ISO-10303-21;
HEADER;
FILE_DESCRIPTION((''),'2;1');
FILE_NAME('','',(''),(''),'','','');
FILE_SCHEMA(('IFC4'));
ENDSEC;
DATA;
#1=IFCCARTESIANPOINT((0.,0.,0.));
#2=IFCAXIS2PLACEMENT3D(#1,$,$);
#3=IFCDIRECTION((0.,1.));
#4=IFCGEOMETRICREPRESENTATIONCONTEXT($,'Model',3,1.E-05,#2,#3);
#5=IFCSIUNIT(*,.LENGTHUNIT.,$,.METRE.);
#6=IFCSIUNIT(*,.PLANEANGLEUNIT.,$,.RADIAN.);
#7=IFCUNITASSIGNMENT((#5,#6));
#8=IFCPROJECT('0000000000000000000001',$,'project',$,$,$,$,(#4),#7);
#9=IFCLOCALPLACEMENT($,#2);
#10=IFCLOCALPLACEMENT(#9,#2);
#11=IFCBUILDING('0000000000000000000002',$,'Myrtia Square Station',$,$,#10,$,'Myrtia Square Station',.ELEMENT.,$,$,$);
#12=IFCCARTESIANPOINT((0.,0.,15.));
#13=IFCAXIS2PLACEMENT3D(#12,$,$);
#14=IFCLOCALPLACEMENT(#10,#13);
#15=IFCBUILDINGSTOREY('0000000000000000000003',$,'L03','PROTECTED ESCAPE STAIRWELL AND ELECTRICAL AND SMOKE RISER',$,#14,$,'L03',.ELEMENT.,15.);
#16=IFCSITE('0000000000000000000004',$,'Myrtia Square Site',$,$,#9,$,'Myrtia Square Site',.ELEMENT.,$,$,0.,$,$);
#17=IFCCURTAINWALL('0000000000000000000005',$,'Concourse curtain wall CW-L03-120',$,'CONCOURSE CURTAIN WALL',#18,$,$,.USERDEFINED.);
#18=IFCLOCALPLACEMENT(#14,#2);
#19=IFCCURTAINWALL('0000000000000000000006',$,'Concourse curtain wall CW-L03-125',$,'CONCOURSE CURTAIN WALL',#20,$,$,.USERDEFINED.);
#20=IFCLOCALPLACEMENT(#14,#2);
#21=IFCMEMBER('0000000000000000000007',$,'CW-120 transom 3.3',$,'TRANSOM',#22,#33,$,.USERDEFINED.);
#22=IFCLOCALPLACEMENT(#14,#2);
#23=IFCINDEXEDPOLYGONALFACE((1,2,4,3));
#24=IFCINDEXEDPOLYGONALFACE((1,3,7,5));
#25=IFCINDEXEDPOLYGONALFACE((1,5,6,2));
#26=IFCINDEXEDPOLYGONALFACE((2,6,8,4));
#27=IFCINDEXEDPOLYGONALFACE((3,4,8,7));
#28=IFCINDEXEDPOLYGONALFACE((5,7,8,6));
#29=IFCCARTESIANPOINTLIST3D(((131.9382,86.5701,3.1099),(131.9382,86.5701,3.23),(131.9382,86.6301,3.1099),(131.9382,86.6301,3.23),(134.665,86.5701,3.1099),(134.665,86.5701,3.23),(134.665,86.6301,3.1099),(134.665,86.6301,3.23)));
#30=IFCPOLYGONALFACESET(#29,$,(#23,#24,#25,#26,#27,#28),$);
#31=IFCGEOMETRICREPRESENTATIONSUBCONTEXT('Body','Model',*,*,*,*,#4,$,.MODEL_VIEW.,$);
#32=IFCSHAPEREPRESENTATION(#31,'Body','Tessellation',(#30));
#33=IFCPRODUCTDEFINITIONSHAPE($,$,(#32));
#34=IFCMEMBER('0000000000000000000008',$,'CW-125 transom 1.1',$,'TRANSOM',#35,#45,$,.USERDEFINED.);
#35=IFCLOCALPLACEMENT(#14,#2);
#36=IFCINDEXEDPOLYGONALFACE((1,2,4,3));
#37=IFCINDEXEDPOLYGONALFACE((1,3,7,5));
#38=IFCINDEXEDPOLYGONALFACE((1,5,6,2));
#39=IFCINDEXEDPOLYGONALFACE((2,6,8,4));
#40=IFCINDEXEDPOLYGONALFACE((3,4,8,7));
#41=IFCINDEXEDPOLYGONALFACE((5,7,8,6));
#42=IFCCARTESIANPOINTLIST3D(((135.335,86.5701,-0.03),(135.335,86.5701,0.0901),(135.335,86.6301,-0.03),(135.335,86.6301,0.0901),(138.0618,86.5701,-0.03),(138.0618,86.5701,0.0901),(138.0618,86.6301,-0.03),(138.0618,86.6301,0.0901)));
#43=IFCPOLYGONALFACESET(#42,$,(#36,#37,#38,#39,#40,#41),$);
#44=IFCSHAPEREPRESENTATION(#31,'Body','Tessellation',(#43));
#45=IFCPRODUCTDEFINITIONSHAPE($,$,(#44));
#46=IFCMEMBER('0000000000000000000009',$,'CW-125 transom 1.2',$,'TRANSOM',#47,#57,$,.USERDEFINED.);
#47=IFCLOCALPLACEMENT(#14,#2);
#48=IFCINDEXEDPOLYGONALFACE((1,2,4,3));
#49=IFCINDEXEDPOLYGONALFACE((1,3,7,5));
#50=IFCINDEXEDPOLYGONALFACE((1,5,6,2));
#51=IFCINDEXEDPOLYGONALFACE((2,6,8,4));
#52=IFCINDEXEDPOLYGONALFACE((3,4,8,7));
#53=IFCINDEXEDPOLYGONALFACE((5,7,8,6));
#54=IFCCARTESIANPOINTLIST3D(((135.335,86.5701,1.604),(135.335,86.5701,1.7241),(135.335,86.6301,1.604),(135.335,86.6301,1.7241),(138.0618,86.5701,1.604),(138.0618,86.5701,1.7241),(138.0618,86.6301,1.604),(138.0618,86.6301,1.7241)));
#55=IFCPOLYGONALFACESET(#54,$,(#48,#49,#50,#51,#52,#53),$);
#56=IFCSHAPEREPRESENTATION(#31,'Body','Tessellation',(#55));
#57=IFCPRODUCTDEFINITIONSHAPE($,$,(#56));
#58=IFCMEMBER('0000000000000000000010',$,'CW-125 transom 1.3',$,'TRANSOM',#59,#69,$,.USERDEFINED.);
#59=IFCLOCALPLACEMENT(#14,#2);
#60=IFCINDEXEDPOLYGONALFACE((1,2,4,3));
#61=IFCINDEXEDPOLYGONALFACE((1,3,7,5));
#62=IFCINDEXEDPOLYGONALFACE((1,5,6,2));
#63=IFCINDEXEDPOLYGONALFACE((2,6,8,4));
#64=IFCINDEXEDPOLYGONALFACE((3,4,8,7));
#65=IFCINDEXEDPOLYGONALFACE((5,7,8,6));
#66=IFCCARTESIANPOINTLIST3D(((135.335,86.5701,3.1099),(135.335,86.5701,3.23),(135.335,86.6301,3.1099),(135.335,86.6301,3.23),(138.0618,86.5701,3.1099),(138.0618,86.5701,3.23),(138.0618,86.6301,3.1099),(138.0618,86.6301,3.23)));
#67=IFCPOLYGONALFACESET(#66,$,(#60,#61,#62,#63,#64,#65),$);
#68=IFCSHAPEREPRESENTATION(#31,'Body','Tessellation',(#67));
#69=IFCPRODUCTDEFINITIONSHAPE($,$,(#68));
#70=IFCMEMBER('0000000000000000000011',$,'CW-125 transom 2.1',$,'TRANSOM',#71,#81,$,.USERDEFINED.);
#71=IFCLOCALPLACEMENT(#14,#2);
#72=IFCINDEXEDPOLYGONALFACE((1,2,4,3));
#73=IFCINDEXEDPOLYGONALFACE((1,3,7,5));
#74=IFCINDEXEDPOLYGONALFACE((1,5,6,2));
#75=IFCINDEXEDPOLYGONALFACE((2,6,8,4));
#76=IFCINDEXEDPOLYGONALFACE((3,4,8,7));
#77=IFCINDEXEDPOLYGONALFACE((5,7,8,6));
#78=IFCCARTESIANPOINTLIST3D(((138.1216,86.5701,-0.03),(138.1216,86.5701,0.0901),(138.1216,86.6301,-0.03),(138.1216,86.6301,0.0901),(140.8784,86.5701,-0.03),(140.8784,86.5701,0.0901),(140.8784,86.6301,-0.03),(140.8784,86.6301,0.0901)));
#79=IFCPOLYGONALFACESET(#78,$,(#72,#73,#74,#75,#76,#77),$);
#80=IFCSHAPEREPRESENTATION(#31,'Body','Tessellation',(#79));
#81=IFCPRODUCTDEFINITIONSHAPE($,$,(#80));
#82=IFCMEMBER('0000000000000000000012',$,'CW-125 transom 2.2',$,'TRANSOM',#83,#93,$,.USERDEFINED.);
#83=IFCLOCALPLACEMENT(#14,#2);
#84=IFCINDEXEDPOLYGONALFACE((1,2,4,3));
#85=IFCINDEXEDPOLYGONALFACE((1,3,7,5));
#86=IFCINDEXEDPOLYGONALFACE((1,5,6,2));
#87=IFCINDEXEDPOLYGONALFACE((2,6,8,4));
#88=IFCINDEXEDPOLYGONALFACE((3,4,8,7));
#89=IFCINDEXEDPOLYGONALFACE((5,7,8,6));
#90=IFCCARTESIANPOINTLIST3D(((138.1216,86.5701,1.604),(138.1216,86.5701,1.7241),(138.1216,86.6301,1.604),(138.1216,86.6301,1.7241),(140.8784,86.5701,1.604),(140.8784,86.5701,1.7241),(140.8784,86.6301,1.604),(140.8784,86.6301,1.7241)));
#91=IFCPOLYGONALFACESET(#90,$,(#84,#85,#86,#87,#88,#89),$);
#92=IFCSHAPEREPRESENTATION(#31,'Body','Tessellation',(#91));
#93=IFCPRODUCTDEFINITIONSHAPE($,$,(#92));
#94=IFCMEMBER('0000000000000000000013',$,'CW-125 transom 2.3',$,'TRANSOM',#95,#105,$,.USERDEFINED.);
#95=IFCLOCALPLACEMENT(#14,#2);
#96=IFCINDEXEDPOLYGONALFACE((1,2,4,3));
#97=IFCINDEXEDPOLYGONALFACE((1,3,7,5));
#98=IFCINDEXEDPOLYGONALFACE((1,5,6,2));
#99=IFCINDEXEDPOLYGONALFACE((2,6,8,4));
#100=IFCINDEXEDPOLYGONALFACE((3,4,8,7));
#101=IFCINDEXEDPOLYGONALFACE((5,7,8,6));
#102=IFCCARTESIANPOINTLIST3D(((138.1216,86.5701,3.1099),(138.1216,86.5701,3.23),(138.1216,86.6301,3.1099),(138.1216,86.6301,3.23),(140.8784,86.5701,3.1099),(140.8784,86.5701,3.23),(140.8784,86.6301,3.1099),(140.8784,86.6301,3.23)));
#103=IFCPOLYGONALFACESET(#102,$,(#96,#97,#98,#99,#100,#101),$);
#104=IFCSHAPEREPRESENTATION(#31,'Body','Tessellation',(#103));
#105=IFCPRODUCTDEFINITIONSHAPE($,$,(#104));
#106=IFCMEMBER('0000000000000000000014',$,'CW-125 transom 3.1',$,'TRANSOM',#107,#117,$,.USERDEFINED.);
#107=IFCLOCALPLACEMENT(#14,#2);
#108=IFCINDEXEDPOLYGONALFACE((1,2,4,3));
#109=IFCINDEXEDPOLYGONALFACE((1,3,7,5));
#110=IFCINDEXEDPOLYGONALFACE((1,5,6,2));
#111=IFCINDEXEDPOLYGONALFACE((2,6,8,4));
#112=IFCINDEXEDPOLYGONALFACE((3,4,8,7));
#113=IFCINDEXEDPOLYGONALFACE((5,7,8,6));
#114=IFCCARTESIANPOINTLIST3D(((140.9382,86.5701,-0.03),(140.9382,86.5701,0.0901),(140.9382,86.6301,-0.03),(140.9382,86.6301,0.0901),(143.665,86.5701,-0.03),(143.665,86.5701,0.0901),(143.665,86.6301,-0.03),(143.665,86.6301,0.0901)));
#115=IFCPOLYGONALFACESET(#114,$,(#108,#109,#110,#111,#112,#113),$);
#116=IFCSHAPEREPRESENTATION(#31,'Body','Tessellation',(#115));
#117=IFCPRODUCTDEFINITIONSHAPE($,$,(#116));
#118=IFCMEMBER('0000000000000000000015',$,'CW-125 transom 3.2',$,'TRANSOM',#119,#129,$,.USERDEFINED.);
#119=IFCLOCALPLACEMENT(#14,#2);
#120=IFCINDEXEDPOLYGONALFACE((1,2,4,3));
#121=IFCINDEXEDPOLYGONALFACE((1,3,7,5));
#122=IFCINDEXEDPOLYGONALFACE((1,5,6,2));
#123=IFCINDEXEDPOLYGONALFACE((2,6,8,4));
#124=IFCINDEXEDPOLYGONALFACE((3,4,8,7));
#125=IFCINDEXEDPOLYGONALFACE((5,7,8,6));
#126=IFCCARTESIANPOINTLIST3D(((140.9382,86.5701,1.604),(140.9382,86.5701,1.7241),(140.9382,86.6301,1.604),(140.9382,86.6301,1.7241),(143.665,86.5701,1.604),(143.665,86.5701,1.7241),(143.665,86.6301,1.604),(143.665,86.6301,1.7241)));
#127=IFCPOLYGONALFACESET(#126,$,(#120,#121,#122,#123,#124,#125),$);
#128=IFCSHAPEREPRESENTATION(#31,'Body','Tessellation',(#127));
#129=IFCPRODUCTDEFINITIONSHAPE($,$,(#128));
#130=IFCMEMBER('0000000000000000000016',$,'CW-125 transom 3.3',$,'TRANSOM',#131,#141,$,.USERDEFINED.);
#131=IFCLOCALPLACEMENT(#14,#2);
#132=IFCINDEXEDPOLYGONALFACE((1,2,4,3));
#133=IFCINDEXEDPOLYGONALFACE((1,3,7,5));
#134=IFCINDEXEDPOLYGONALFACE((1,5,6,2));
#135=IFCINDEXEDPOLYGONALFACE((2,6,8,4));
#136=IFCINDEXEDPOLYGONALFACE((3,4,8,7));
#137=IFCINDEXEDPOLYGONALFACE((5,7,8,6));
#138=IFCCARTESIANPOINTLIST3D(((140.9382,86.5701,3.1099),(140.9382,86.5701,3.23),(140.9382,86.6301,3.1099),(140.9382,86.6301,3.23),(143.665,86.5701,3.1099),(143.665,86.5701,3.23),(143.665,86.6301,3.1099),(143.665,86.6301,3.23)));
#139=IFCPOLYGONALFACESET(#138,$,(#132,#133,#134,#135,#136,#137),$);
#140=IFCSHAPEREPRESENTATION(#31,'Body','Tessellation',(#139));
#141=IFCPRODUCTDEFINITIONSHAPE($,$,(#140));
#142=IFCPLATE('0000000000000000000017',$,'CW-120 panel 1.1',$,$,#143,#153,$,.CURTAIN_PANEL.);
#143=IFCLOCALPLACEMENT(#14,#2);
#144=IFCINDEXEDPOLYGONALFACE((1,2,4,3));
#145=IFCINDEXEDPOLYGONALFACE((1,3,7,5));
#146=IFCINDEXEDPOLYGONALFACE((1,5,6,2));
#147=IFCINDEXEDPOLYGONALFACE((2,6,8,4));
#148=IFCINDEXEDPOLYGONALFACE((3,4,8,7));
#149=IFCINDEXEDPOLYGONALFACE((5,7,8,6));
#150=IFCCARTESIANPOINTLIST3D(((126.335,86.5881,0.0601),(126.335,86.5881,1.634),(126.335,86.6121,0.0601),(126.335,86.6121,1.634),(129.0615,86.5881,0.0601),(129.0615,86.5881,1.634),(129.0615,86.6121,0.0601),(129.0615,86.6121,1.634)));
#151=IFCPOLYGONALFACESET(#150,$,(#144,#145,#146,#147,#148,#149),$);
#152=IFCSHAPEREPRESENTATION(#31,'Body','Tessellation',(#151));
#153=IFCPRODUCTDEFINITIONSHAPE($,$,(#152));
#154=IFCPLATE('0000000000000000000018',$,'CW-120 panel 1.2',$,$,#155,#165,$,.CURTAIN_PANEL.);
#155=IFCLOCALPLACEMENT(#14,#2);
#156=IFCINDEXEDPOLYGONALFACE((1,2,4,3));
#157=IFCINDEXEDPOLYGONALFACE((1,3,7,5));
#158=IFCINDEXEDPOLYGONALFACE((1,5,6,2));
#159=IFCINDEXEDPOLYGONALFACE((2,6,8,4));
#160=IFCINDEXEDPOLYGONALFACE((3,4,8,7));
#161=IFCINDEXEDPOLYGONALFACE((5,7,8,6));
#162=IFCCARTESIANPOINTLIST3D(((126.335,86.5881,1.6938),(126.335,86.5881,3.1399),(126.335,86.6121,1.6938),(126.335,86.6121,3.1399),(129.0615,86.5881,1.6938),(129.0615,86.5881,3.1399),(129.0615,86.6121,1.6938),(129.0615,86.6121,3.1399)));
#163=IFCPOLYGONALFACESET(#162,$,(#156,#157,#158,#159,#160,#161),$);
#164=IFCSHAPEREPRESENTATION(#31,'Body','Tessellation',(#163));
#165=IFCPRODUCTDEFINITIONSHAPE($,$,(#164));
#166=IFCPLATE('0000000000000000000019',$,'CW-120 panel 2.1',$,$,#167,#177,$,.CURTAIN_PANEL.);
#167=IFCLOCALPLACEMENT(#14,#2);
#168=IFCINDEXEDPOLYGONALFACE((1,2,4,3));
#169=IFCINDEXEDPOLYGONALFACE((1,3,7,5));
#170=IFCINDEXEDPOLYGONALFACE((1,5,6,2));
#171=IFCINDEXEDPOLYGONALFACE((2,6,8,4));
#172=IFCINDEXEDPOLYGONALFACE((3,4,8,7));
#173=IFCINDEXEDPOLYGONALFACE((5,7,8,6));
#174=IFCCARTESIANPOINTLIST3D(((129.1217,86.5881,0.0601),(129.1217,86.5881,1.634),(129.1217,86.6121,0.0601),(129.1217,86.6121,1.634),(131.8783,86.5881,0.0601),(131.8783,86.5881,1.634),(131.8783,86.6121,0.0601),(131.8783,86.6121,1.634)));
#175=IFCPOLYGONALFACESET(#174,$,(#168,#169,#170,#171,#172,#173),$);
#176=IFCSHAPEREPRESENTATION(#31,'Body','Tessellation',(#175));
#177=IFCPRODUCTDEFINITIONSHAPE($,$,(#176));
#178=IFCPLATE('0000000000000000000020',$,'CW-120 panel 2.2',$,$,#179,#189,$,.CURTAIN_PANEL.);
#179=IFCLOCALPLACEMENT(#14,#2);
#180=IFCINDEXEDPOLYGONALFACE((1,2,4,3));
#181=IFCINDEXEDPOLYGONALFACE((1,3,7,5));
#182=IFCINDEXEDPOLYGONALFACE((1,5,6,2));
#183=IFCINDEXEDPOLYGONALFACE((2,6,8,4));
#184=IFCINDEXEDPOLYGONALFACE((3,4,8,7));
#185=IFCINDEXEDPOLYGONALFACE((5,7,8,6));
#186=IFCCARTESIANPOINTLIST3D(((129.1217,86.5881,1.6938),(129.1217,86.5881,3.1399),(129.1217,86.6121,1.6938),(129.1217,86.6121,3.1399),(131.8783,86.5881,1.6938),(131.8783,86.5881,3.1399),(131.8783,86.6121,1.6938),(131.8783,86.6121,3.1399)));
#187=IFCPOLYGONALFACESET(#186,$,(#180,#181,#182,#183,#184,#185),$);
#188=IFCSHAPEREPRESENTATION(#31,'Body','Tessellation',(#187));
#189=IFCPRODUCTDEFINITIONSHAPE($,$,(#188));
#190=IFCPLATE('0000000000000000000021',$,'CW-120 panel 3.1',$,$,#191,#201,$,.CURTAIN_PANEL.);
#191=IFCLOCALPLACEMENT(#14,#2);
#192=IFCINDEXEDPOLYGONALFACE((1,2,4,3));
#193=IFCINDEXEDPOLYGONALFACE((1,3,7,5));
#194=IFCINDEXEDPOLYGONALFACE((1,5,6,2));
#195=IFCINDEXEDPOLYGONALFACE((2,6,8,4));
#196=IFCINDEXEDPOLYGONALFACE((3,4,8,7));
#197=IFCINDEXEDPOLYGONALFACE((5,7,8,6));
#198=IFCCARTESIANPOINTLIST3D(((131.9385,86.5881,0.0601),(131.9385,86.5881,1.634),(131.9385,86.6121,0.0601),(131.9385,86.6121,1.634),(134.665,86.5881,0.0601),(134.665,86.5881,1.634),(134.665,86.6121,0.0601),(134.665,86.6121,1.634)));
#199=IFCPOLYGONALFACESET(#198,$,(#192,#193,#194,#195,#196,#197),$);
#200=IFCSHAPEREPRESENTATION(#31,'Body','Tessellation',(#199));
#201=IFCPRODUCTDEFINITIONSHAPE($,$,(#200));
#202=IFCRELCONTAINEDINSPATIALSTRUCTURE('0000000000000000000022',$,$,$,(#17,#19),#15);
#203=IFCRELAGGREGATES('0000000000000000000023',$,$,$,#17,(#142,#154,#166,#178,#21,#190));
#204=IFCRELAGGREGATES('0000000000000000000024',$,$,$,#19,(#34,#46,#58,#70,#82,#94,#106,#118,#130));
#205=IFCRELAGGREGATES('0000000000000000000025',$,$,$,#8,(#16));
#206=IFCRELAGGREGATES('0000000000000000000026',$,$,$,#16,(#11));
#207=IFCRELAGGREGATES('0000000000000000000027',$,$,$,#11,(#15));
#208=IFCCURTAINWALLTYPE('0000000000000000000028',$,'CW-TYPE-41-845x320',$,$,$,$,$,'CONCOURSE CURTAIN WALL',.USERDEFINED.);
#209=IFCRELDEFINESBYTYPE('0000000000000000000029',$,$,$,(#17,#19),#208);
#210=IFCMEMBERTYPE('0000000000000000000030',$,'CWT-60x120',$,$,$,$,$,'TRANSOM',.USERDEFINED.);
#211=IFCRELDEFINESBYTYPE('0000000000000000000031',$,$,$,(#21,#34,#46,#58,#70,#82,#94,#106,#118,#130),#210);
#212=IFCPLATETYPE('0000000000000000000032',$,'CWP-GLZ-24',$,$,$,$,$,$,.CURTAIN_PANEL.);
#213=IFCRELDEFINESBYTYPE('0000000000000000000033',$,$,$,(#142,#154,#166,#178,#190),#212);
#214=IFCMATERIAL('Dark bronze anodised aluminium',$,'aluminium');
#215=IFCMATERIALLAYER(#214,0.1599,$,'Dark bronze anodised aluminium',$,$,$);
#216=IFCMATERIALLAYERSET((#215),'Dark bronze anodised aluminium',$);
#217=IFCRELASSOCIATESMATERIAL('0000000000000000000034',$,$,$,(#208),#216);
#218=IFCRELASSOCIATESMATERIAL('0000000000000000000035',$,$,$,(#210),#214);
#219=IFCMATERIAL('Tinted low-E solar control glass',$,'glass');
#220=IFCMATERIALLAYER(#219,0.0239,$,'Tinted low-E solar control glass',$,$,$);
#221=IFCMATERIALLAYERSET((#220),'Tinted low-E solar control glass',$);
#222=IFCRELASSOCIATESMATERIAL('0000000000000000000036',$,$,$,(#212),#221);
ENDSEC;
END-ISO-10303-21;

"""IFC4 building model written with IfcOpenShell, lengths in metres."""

from ifc_helpers import new_model, si_unit, direction, frame, origin, origin_2d, place, context, subcontext, project, spatial, rectangle, extrude, material, layer, layer_set, material_profile, profile_set, type_object, element, aggregate, save


model = new_model("IFC4")

# Units and contexts
model_context = context("Model", 3, precision=1e-05, world=origin(), true_north=direction((0.0, 1.0)))
body_context = subcontext(model_context, "Body", "Model", "MODEL_VIEW")
ifc_project = project(units=[si_unit("LENGTHUNIT", "METRE"), si_unit("PLANEANGLEUNIT", "RADIAN")], contexts=[model_context])

# Site, building, storey
site_placement = place(None, origin())
site = spatial("IfcSite", under=ifc_project, at=site_placement, Name="Myrtia Square Site", LongName="Myrtia Square Site", CompositionType="ELEMENT", RefElevation=0.0)
building_placement = place(site_placement, origin())
building = spatial("IfcBuilding", under=site, at=building_placement, Name="Myrtia Square Station", LongName="Myrtia Square Station", CompositionType="ELEMENT")
storey_placement = place(building_placement, frame((0.0, 0.0, 15.0)))
storey = spatial("IfcBuildingStorey", under=building, at=storey_placement, Name="L03", Description="PROTECTED ESCAPE STAIRWELL AND ELECTRICAL AND SMOKE RISER", LongName="L03", CompositionType="ELEMENT", Elevation=15.0)

# Curtain walls
ifc_material_1 = material(Name="Dark bronze anodised aluminium", Category="aluminium")
ifc_layer_1 = layer(ifc_material_1, 0.1599, Name="Dark bronze anodised aluminium")
ifc_layer_set_1 = layer_set([ifc_layer_1], Name="Dark bronze anodised aluminium")
curtain_wall_type = type_object("IfcCurtainWallType", Name="CW-TYPE-41-845x320", ElementType="CONCOURSE CURTAIN WALL", PredefinedType="USERDEFINED", material=ifc_layer_set_1)
curtain_wall_1_placement = place(storey_placement, origin())
curtain_wall_1 = element("IfcCurtainWall", 1, at=curtain_wall_1_placement, inside=storey, type_object=curtain_wall_type, Name="Concourse curtain wall CW-L03-120", ObjectType="CONCOURSE CURTAIN WALL", PredefinedType="USERDEFINED")
curtain_wall_2_placement = place(storey_placement, origin())
curtain_wall_2 = element("IfcCurtainWall", 2, at=curtain_wall_2_placement, inside=storey, type_object=curtain_wall_type, Name="Concourse curtain wall CW-L03-125", ObjectType="CONCOURSE CURTAIN WALL", PredefinedType="USERDEFINED")

# Members
ifc_material_profile_1 = material_profile(ifc_material_1, rectangle(XDim=0.0601, YDim=0.1201, at=origin_2d()), Name="ALU-T 60x120")
ifc_profile_set_1 = profile_set([ifc_material_profile_1], Name="Dark bronze anodised aluminium")
member_type_1 = type_object("IfcMemberType", Name="CWT-60x120", ElementType="TRANSOM", PredefinedType="USERDEFINED", material=ifc_profile_set_1)
member_1_placement = place(storey_placement, frame((131.9382, 86.6001, 3.1699), z_axis=(1.0, 0.0, 0.0), x_axis=(0.0, 1.0, 0.0)))
member_1 = element("IfcMember", 3, at=member_1_placement, type_object=member_type_1, Name="CW-120 transom 3.3", ObjectType="TRANSOM", PredefinedType="USERDEFINED", context=body_context, shape_type="SweptSolid", body=[
    extrude(rectangle(XDim=0.0601, YDim=0.1201, at=origin_2d()), origin(), (0.0, 0.0, 1.0), 2.7268),
])
member_2_placement = place(storey_placement, frame((135.335, 86.6001, 0.03), z_axis=(1.0, 0.0, 0.0), x_axis=(0.0, 1.0, 0.0)))
member_2 = element("IfcMember", 4, at=member_2_placement, type_object=member_type_1, Name="CW-125 transom 1.1", ObjectType="TRANSOM", PredefinedType="USERDEFINED", context=body_context, shape_type="SweptSolid", body=[
    extrude(rectangle(XDim=0.0601, YDim=0.1201, at=origin_2d()), origin(), (0.0, 0.0, 1.0), 2.7268),
])
member_3_placement = place(storey_placement, frame((135.335, 86.6001, 1.6641), z_axis=(1.0, 0.0, 0.0), x_axis=(0.0, 1.0, 0.0)))
member_3 = element("IfcMember", 5, at=member_3_placement, type_object=member_type_1, Name="CW-125 transom 1.2", ObjectType="TRANSOM", PredefinedType="USERDEFINED", context=body_context, shape_type="SweptSolid", body=[
    extrude(rectangle(XDim=0.0601, YDim=0.1201, at=origin_2d()), origin(), (0.0, 0.0, 1.0), 2.7268),
])
member_4_placement = place(storey_placement, frame((135.335, 86.6001, 3.1699), z_axis=(1.0, 0.0, 0.0), x_axis=(0.0, 1.0, 0.0)))
member_4 = element("IfcMember", 6, at=member_4_placement, type_object=member_type_1, Name="CW-125 transom 1.3", ObjectType="TRANSOM", PredefinedType="USERDEFINED", context=body_context, shape_type="SweptSolid", body=[
    extrude(rectangle(XDim=0.0601, YDim=0.1201, at=origin_2d()), origin(), (0.0, 0.0, 1.0), 2.7268),
])
member_5_placement = place(storey_placement, frame((138.1216, 86.6001, 0.03), z_axis=(1.0, 0.0, 0.0), x_axis=(0.0, 1.0, 0.0)))
member_5 = element("IfcMember", 7, at=member_5_placement, type_object=member_type_1, Name="CW-125 transom 2.1", ObjectType="TRANSOM", PredefinedType="USERDEFINED", context=body_context, shape_type="SweptSolid", body=[
    extrude(rectangle(XDim=0.0601, YDim=0.1201, at=origin_2d()), origin(), (0.0, 0.0, 1.0), 2.7568),
])
member_6_placement = place(storey_placement, frame((138.1216, 86.6001, 1.6641), z_axis=(1.0, 0.0, 0.0), x_axis=(0.0, 1.0, 0.0)))
member_6 = element("IfcMember", 8, at=member_6_placement, type_object=member_type_1, Name="CW-125 transom 2.2", ObjectType="TRANSOM", PredefinedType="USERDEFINED", context=body_context, shape_type="SweptSolid", body=[
    extrude(rectangle(XDim=0.0601, YDim=0.1201, at=origin_2d()), origin(), (0.0, 0.0, 1.0), 2.7568),
])
member_7_placement = place(storey_placement, frame((138.1216, 86.6001, 3.1699), z_axis=(1.0, 0.0, 0.0), x_axis=(0.0, 1.0, 0.0)))
member_7 = element("IfcMember", 9, at=member_7_placement, type_object=member_type_1, Name="CW-125 transom 2.3", ObjectType="TRANSOM", PredefinedType="USERDEFINED", context=body_context, shape_type="SweptSolid", body=[
    extrude(rectangle(XDim=0.0601, YDim=0.1201, at=origin_2d()), origin(), (0.0, 0.0, 1.0), 2.7568),
])
member_8_placement = place(storey_placement, frame((140.9382, 86.6001, 0.03), z_axis=(1.0, 0.0, 0.0), x_axis=(0.0, 1.0, 0.0)))
member_8 = element("IfcMember", 10, at=member_8_placement, type_object=member_type_1, Name="CW-125 transom 3.1", ObjectType="TRANSOM", PredefinedType="USERDEFINED", context=body_context, shape_type="SweptSolid", body=[
    extrude(rectangle(XDim=0.0601, YDim=0.1201, at=origin_2d()), origin(), (0.0, 0.0, 1.0), 2.7268),
])
member_9_placement = place(storey_placement, frame((140.9382, 86.6001, 1.6641), z_axis=(1.0, 0.0, 0.0), x_axis=(0.0, 1.0, 0.0)))
member_9 = element("IfcMember", 11, at=member_9_placement, type_object=member_type_1, Name="CW-125 transom 3.2", ObjectType="TRANSOM", PredefinedType="USERDEFINED", context=body_context, shape_type="SweptSolid", body=[
    extrude(rectangle(XDim=0.0601, YDim=0.1201, at=origin_2d()), origin(), (0.0, 0.0, 1.0), 2.7268),
])
member_10_placement = place(storey_placement, frame((140.9382, 86.6001, 3.1699), z_axis=(1.0, 0.0, 0.0), x_axis=(0.0, 1.0, 0.0)))
member_10 = element("IfcMember", 12, at=member_10_placement, type_object=member_type_1, Name="CW-125 transom 3.3", ObjectType="TRANSOM", PredefinedType="USERDEFINED", context=body_context, shape_type="SweptSolid", body=[
    extrude(rectangle(XDim=0.0601, YDim=0.1201, at=origin_2d()), origin(), (0.0, 0.0, 1.0), 2.7268),
])

# Plates
ifc_material_2 = material(Name="Tinted low-E solar control glass", Category="glass")
ifc_layer_2 = layer(ifc_material_2, 0.0239, Name="Tinted low-E solar control glass")
ifc_layer_set_2 = layer_set([ifc_layer_2], Name="Tinted low-E solar control glass")
plate_type_1 = type_object("IfcPlateType", Name="CWP-GLZ-24", PredefinedType="CURTAIN_PANEL", material=ifc_layer_set_2)
plate_1_placement = place(storey_placement, frame((127.6982, 86.6001, 0.0601), z_axis=(0.0, 0.0, 1.0), x_axis=(1.0, 0.0, 0.0)))
plate_1 = element("IfcPlate", 13, at=plate_1_placement, type_object=plate_type_1, Name="CW-120 panel 1.1", PredefinedType="CURTAIN_PANEL", context=body_context, shape_type="SweptSolid", body=[
    extrude(rectangle(XDim=2.7266, YDim=0.0239, at=origin_2d()), origin(), (0.0, 0.0, 1.0), 1.574),
])
plate_2_placement = place(storey_placement, frame((127.6982, 86.6001, 1.6938), z_axis=(0.0, 0.0, 1.0), x_axis=(1.0, 0.0, 0.0)))
plate_2 = element("IfcPlate", 14, at=plate_2_placement, type_object=plate_type_1, Name="CW-120 panel 1.2", PredefinedType="CURTAIN_PANEL", context=body_context, shape_type="SweptSolid", body=[
    extrude(rectangle(XDim=2.7266, YDim=0.0239, at=origin_2d()), origin(), (0.0, 0.0, 1.0), 1.446),
])
plate_3_placement = place(storey_placement, frame((130.5, 86.6001, 0.0601), z_axis=(0.0, 0.0, 1.0), x_axis=(1.0, 0.0, 0.0)))
plate_3 = element("IfcPlate", 15, at=plate_3_placement, type_object=plate_type_1, Name="CW-120 panel 2.1", PredefinedType="CURTAIN_PANEL", context=body_context, shape_type="SweptSolid", body=[
    extrude(rectangle(XDim=2.7566, YDim=0.0239, at=origin_2d()), origin(), (0.0, 0.0, 1.0), 1.574),
])
plate_4_placement = place(storey_placement, frame((130.5, 86.6001, 1.6938), z_axis=(0.0, 0.0, 1.0), x_axis=(1.0, 0.0, 0.0)))
plate_4 = element("IfcPlate", 16, at=plate_4_placement, type_object=plate_type_1, Name="CW-120 panel 2.2", PredefinedType="CURTAIN_PANEL", context=body_context, shape_type="SweptSolid", body=[
    extrude(rectangle(XDim=2.7566, YDim=0.0239, at=origin_2d()), origin(), (0.0, 0.0, 1.0), 1.446),
])
plate_5_placement = place(storey_placement, frame((133.3018, 86.6001, 0.0601), z_axis=(0.0, 0.0, 1.0), x_axis=(1.0, 0.0, 0.0)))
plate_5 = element("IfcPlate", 17, at=plate_5_placement, type_object=plate_type_1, Name="CW-120 panel 3.1", PredefinedType="CURTAIN_PANEL", context=body_context, shape_type="SweptSolid", body=[
    extrude(rectangle(XDim=2.7266, YDim=0.0239, at=origin_2d()), origin(), (0.0, 0.0, 1.0), 1.574),
])
aggregate(curtain_wall_1, [plate_1, plate_2, plate_3, plate_4, member_1, plate_5])
aggregate(curtain_wall_2, [member_2, member_3, member_4, member_5, member_6, member_7, member_8, member_9, member_10])

save(model, "model.ifc")
